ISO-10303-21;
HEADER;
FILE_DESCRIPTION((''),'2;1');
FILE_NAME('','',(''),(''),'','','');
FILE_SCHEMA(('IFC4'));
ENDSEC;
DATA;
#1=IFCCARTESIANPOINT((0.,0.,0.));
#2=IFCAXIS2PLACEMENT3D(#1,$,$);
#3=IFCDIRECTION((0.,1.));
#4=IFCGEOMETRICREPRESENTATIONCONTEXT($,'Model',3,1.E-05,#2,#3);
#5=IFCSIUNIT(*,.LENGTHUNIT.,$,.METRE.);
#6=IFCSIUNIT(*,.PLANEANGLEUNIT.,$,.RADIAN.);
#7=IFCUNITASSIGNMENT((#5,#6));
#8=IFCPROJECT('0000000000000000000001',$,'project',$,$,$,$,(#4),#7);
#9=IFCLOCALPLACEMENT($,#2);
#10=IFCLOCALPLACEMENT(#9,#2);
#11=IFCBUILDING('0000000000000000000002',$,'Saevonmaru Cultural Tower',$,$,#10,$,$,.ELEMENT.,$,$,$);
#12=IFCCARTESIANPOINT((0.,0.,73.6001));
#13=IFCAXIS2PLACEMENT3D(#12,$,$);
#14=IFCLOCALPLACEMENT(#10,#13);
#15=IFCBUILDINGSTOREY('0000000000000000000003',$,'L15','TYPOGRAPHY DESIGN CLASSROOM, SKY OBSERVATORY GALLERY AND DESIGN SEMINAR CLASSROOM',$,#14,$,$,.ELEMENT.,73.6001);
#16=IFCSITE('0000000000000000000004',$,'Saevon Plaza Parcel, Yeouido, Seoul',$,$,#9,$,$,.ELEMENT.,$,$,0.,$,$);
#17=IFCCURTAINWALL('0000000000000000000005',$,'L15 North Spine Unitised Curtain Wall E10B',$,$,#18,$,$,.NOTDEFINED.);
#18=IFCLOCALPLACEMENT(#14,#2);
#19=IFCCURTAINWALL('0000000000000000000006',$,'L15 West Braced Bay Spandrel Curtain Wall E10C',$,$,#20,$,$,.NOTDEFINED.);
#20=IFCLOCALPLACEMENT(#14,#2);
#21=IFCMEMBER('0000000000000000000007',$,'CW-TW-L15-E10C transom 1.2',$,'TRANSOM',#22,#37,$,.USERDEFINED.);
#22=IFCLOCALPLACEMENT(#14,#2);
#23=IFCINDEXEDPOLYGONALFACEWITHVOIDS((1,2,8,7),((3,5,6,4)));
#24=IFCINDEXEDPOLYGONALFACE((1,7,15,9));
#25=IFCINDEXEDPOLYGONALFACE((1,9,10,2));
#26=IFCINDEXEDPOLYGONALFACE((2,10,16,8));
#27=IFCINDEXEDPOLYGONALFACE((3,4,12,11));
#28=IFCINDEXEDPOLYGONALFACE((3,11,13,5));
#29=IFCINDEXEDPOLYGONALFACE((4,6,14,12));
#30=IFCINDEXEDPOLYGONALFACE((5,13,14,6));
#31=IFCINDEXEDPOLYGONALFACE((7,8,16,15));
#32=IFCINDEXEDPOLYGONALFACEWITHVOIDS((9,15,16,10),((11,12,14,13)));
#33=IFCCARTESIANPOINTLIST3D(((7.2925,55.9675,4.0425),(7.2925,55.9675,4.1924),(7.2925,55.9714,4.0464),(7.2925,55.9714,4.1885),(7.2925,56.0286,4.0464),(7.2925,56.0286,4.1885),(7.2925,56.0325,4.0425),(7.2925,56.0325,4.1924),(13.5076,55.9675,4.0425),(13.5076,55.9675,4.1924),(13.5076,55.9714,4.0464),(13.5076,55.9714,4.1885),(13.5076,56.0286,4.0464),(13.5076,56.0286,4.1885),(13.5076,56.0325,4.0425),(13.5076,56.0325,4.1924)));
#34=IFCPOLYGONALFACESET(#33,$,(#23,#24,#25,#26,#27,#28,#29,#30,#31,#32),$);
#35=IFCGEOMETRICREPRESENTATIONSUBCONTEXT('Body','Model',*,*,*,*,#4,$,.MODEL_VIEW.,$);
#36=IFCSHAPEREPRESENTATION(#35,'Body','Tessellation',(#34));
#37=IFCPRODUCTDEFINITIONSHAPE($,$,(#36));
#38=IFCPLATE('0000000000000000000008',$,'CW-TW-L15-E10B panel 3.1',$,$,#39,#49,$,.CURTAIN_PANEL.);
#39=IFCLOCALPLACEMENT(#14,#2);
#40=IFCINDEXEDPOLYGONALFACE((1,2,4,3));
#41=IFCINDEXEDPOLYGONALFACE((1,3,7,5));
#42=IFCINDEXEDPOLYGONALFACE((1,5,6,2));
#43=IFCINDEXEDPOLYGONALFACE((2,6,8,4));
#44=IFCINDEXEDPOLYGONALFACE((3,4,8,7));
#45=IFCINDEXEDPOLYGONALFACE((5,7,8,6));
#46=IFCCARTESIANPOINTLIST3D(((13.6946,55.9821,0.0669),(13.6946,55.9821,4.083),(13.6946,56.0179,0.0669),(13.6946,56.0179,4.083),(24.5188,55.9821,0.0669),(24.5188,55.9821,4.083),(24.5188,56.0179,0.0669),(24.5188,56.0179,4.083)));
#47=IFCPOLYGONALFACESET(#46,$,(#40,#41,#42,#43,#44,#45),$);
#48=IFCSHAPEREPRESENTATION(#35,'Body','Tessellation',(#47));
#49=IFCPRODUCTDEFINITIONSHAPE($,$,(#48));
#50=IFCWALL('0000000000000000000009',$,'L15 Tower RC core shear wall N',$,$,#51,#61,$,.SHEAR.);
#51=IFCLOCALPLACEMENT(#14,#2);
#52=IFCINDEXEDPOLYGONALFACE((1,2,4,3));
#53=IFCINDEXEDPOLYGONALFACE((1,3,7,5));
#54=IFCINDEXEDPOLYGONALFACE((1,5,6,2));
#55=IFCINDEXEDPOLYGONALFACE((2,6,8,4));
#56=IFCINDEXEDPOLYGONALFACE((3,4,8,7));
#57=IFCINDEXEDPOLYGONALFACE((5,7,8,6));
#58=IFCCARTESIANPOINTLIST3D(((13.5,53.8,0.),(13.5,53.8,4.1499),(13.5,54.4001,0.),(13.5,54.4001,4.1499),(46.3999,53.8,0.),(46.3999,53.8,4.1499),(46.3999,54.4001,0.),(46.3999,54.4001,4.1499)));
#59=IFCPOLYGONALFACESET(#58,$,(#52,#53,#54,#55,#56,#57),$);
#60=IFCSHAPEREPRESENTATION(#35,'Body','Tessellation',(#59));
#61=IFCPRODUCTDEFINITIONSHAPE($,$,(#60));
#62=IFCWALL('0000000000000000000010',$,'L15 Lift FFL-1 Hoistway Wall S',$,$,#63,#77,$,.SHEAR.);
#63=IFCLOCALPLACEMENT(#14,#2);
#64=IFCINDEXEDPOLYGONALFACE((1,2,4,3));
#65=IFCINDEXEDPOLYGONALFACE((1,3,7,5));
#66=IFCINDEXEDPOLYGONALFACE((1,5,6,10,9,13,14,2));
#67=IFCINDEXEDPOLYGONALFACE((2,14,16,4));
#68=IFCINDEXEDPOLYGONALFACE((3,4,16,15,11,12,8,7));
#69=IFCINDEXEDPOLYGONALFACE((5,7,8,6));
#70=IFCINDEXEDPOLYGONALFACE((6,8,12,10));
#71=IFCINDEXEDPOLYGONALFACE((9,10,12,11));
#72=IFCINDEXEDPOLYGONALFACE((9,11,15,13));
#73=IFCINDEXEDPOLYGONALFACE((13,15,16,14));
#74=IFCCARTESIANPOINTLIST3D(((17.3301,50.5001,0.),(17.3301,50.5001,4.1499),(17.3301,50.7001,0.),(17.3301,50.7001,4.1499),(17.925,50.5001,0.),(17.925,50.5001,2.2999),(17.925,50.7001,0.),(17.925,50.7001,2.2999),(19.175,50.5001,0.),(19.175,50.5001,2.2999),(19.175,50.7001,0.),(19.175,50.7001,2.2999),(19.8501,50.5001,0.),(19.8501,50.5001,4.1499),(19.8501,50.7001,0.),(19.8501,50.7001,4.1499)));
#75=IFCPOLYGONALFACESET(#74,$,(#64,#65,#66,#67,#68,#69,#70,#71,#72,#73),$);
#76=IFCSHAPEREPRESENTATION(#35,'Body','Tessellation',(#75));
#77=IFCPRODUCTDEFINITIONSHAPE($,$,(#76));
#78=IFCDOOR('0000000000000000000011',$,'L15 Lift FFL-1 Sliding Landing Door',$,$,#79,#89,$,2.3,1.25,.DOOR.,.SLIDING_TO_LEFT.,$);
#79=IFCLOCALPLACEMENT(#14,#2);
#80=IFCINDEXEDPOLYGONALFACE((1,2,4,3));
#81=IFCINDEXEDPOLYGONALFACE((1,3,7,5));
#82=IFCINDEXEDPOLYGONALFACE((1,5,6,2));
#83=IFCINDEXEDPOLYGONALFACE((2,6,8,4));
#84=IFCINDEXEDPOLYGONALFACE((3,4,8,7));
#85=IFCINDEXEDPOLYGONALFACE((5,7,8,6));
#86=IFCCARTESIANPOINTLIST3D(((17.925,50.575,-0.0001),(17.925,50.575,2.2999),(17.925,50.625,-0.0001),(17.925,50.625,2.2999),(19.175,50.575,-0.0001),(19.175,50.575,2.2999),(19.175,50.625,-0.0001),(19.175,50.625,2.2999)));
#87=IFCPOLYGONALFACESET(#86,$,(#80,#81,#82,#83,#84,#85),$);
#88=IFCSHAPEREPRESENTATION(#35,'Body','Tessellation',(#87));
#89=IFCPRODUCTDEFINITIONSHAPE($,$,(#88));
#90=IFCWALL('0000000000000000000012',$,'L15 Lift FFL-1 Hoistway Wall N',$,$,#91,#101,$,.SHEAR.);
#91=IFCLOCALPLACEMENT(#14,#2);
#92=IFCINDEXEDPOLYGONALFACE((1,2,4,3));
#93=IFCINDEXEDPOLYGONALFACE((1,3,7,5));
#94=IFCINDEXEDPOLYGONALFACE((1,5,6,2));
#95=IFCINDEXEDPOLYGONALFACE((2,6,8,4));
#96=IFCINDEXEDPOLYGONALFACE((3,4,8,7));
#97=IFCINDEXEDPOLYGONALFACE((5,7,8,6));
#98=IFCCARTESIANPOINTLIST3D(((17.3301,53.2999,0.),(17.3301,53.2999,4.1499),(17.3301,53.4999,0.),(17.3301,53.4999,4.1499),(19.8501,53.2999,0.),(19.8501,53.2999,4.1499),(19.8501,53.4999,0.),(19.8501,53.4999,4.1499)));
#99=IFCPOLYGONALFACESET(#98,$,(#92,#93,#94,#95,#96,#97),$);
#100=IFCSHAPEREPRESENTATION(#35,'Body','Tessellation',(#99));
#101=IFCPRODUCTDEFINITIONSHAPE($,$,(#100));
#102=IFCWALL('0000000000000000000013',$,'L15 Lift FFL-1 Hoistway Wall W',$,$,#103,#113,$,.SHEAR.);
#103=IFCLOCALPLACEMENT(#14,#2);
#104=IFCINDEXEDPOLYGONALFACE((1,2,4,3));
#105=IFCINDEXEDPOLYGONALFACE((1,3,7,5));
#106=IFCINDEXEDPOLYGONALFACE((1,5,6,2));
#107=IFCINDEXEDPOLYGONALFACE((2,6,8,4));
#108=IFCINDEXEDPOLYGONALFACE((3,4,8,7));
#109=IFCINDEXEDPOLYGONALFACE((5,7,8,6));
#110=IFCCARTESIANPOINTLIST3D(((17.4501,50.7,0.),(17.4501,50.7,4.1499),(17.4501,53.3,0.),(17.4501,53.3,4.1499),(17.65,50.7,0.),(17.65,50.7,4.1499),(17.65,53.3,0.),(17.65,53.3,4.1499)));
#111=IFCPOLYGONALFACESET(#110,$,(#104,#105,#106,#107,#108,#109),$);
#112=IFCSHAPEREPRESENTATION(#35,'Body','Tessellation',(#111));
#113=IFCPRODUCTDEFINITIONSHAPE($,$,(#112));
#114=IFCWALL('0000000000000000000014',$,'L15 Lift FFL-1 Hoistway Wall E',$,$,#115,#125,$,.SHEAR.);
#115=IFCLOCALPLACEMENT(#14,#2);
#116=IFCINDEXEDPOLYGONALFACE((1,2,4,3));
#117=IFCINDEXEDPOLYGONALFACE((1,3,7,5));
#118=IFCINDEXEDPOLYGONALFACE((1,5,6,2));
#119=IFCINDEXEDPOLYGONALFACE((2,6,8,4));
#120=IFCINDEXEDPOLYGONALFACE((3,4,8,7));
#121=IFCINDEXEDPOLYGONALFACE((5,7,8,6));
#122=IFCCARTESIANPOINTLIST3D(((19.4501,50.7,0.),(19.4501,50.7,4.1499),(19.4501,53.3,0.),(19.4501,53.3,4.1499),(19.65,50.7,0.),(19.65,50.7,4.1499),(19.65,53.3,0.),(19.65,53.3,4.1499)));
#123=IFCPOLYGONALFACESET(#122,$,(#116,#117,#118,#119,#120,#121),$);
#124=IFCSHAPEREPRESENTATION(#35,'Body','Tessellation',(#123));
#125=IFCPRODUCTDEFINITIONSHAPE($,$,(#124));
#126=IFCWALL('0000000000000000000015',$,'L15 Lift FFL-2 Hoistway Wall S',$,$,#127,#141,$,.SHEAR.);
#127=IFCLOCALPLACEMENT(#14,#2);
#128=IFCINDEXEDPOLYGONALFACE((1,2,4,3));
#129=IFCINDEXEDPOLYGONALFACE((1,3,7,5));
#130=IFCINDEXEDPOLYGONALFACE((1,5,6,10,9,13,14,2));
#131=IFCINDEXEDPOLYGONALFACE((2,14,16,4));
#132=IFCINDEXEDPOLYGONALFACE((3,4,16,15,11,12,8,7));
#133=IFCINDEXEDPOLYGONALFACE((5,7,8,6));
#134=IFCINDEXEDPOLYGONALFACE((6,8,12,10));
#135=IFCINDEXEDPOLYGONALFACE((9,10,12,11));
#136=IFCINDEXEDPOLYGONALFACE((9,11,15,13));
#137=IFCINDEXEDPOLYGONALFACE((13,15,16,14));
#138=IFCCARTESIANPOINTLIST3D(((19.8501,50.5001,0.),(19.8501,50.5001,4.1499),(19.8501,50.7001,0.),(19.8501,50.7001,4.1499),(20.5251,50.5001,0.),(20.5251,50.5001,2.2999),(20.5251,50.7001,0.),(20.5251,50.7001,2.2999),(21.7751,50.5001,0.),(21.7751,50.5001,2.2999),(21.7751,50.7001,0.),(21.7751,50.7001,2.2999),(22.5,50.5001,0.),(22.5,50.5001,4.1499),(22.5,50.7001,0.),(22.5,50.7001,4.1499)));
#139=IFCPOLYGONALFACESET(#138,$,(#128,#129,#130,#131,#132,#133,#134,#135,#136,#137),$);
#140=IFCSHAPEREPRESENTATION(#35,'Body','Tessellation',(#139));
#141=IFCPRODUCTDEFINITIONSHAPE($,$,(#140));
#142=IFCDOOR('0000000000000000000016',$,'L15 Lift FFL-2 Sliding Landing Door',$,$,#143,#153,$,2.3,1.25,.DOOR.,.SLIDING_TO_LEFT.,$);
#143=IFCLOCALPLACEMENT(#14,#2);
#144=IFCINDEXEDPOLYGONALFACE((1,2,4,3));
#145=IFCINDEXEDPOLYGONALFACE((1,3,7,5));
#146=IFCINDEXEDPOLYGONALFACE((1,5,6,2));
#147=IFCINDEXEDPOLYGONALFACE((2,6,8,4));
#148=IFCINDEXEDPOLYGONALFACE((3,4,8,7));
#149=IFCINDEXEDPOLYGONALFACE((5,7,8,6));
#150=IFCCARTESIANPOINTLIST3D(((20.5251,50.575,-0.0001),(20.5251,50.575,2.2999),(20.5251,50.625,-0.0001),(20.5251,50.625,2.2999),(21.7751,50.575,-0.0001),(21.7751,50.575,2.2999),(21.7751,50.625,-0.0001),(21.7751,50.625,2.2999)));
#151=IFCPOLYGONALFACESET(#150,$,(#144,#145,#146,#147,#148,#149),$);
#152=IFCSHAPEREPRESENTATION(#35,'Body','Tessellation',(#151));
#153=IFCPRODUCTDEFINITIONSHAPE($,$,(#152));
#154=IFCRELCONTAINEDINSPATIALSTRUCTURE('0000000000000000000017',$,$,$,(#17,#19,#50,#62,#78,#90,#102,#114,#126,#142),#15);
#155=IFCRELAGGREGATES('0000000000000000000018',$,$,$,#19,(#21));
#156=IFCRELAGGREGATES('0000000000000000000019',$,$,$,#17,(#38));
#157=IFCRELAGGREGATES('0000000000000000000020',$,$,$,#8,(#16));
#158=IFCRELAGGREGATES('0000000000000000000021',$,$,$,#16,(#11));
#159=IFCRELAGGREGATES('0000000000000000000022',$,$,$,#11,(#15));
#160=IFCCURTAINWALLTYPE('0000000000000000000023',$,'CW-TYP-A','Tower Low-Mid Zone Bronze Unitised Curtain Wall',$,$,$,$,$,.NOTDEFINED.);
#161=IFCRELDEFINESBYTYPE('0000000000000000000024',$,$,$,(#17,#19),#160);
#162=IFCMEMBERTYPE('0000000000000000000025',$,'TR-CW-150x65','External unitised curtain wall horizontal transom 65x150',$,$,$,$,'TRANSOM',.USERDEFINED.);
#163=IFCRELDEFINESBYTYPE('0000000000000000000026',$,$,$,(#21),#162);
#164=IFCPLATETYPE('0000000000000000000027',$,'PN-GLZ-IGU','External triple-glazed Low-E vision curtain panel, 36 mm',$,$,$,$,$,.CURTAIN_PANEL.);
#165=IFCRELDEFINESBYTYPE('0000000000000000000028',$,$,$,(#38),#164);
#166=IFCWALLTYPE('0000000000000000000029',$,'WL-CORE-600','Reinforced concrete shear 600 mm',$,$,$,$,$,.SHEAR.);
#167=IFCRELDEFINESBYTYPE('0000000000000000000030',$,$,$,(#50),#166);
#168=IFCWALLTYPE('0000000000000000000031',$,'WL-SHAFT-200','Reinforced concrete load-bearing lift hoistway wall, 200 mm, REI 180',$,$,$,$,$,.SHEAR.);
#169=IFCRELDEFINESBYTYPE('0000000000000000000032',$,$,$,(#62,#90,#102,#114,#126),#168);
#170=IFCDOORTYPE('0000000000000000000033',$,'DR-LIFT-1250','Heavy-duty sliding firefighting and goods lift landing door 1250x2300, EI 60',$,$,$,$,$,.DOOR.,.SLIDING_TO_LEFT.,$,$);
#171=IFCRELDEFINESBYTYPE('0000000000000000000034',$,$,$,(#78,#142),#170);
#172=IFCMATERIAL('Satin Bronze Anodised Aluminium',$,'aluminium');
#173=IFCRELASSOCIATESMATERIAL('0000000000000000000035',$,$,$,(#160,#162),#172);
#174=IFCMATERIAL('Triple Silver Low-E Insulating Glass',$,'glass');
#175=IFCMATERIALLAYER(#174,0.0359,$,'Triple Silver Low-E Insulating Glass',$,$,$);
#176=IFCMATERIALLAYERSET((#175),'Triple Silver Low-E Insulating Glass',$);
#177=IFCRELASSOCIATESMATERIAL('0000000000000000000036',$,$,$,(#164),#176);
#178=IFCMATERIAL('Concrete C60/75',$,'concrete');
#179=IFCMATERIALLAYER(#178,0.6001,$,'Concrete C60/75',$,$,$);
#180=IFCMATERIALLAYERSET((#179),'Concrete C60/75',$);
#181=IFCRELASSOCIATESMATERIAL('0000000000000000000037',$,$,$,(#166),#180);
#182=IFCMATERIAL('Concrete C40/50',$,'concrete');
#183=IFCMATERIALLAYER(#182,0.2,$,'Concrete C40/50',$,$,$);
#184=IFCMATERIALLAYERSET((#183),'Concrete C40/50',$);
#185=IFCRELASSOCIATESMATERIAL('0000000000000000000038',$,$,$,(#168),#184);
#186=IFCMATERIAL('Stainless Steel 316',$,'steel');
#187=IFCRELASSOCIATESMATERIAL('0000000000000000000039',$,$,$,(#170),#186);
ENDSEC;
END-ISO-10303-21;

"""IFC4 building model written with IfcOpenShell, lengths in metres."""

from ifc_helpers import new_model, si_unit, direction, frame, frame_2d, origin, origin_2d, place, context, subcontext, project, spatial, rectangle, hollow_rectangle, extrude, material, layer, layer_set, material_profile, profile_set, type_object, element, fill, aggregate, save


model = new_model("IFC4")

# Units and contexts
model_context = context("Model", 3, precision=1e-05, world=origin(), true_north=direction((0.0, 1.0)))
body_context = subcontext(model_context, "Body", "Model", "MODEL_VIEW")
ifc_project = project(units=[si_unit("LENGTHUNIT", "METRE"), si_unit("PLANEANGLEUNIT", "RADIAN")], contexts=[model_context])

# Site, building, storey
site_placement = place(None, origin())
site = spatial("IfcSite", under=ifc_project, at=site_placement, Name="Saevon Plaza Parcel, Yeouido, Seoul", CompositionType="ELEMENT", RefElevation=0.0)
building_placement = place(site_placement, origin())
building = spatial("IfcBuilding", under=site, at=building_placement, Name="Saevonmaru Cultural Tower", CompositionType="ELEMENT")
storey_placement = place(building_placement, frame((0.0, 0.0, 73.6001)))
storey = spatial("IfcBuildingStorey", under=building, at=storey_placement, Name="L15", Description="TYPOGRAPHY DESIGN CLASSROOM, SKY OBSERVATORY GALLERY AND DESIGN SEMINAR CLASSROOM", CompositionType="ELEMENT", Elevation=73.6001)

# Curtain wall
ifc_material_1 = material(Name="Satin Bronze Anodised Aluminium", Category="aluminium")
curtain_wall_type = type_object("IfcCurtainWallType", Name="CW-TYP-A", Description="Tower Low-Mid Zone Bronze Unitised Curtain Wall", PredefinedType="NOTDEFINED", material=ifc_material_1)
curtain_wall_1_placement = place(storey_placement, origin())
curtain_wall_1 = element("IfcCurtainWall", 1, at=curtain_wall_1_placement, inside=storey, type_object=curtain_wall_type, Name="L15 North Spine Unitised Curtain Wall E10B", PredefinedType="NOTDEFINED")

# Curtain wall, member
curtain_wall_2_placement = place(storey_placement, origin())
curtain_wall_2 = element("IfcCurtainWall", 2, at=curtain_wall_2_placement, inside=storey, type_object=curtain_wall_type, Name="L15 West Braced Bay Spandrel Curtain Wall E10C", PredefinedType="NOTDEFINED")
ifc_material_profile_1 = material_profile(ifc_material_1, hollow_rectangle(XDim=0.0649, YDim=0.1499, WallThickness=0.0039, at=origin_2d()), Name="ALU-TRAN-150x65x4")
ifc_profile_set_1 = profile_set([ifc_material_profile_1], Name="Satin Bronze Anodised Aluminium")
member_type_1 = type_object("IfcMemberType", Name="TR-CW-150x65", Description="External unitised curtain wall horizontal transom 65x150", ElementType="TRANSOM", PredefinedType="USERDEFINED", material=ifc_profile_set_1)
member_1_placement = place(storey_placement, frame((13.5076, 56.0, 4.1174), z_axis=(-1.0, 0.0, 0.0), x_axis=(0.0, -1.0, 0.0)))
member_1 = element("IfcMember", 3, at=member_1_placement, type_object=member_type_1, Name="CW-TW-L15-E10C transom 1.2", ObjectType="TRANSOM", PredefinedType="USERDEFINED", context=body_context, shape_type="SweptSolid", body=[
    extrude(hollow_rectangle(XDim=0.0649, YDim=0.1499, WallThickness=0.0039, at=origin_2d()), origin(), (0.0, 0.0, 1.0), 6.2151),
])
aggregate(curtain_wall_2, [member_1])

# Plate
ifc_material_2 = material(Name="Triple Silver Low-E Insulating Glass", Category="glass")
ifc_layer_1 = layer(ifc_material_2, 0.0359, Name="Triple Silver Low-E Insulating Glass")
ifc_layer_set_1 = layer_set([ifc_layer_1], Name="Triple Silver Low-E Insulating Glass")
plate_type = type_object("IfcPlateType", Name="PN-GLZ-IGU", Description="External triple-glazed Low-E vision curtain panel, 36 mm", PredefinedType="CURTAIN_PANEL", material=ifc_layer_set_1)
plate_placement = place(storey_placement, frame((19.1067, 56.0, 0.0669), z_axis=(0.0, 0.0, 1.0), x_axis=(-1.0, 0.0, 0.0)))
plate = element("IfcPlate", 4, at=plate_placement, type_object=plate_type, Name="CW-TW-L15-E10B panel 3.1", PredefinedType="CURTAIN_PANEL", context=body_context, shape_type="SweptSolid", body=[
    extrude(rectangle(XDim=10.8242, YDim=0.0359, at=origin_2d()), origin(), (0.0, 0.0, 1.0), 4.0161),
])
aggregate(curtain_wall_1, [plate])

# Wall
ifc_material_3 = material(Name="Concrete C60/75", Category="concrete")
ifc_layer_2 = layer(ifc_material_3, 0.6001, Name="Concrete C60/75")
ifc_layer_set_2 = layer_set([ifc_layer_2], Name="Concrete C60/75")
wall_type_1 = type_object("IfcWallType", Name="WL-CORE-600", Description="Reinforced concrete shear 600 mm", PredefinedType="SHEAR", material=ifc_layer_set_2)
wall_1_placement = place(storey_placement, frame((13.5, 54.1001, 0.0), z_axis=(0.0, 0.0, 1.0), x_axis=(1.0, 0.0, 0.0)))
element("IfcWall", 5, at=wall_1_placement, inside=storey, type_object=wall_type_1, Name="L15 Tower RC core shear wall N", PredefinedType="SHEAR", context=body_context, shape_type="SweptSolid", body=[
    extrude(rectangle(XDim=32.8999, YDim=0.6001, at=frame_2d((16.45, 0.0))), origin(), (0.0, 0.0, 1.0), 4.1499),
])

# Wall, opening, door
ifc_material_4 = material(Name="Concrete C40/50", Category="concrete")
ifc_layer_3 = layer(ifc_material_4, 0.2, Name="Concrete C40/50")
ifc_layer_set_3 = layer_set([ifc_layer_3], Name="Concrete C40/50")
wall_type_2 = type_object("IfcWallType", Name="WL-SHAFT-200", Description="Reinforced concrete load-bearing lift hoistway wall, 200 mm, REI 180", PredefinedType="SHEAR", material=ifc_layer_set_3)
wall_2_placement = place(storey_placement, frame((17.3301, 50.6001, 0.0), z_axis=(0.0, 0.0, 1.0), x_axis=(1.0, 0.0, 0.0)))
wall_2 = element("IfcWall", 6, at=wall_2_placement, inside=storey, type_object=wall_type_2, Name="L15 Lift FFL-1 Hoistway Wall S", PredefinedType="SHEAR", context=body_context, shape_type="SweptSolid", body=[
    extrude(rectangle(XDim=2.52, YDim=0.2, at=frame_2d((1.26, 0.0))), origin(), (0.0, 0.0, 1.0), 4.1499),
])
opening_1_placement = place(wall_2_placement, frame((0.595, 0.0, 0.0)))
opening_1 = element("IfcOpeningElement", 7, at=opening_1_placement, cuts=wall_2, PredefinedType="OPENING", context=body_context, shape_type="SweptSolid", body=[
    extrude(rectangle(XDim=1.25, YDim=2.3, at=frame_2d((0.625, 1.1499))), frame((0.0, 0.1099, 0.0), z_axis=(0.0, -1.0, 0.0), x_axis=(1.0, 0.0, 0.0)), (0.0, 0.0, 1.0), 0.22),
])
ifc_material_5 = material(Name="Stainless Steel 316", Category="steel")
door_type = type_object("IfcDoorType", Name="DR-LIFT-1250", Description="Heavy-duty sliding firefighting and goods lift landing door 1250x2300, EI 60", OperationType="SLIDING_TO_LEFT", PredefinedType="DOOR", material=ifc_material_5)
door_1_placement = place(opening_1_placement, origin())
door_1 = element("IfcDoor", 8, at=door_1_placement, inside=storey, type_object=door_type, Name="L15 Lift FFL-1 Sliding Landing Door", OperationType="SLIDING_TO_LEFT", OverallHeight=2.3, OverallWidth=1.25, PredefinedType="DOOR", context=body_context, shape_type="SweptSolid", body=[
    extrude(rectangle(XDim=1.25, YDim=2.3, at=frame_2d((0.625, 1.1499))), frame((0.0, 0.0249, 0.0), z_axis=(0.0, -1.0, 0.0), x_axis=(1.0, 0.0, 0.0)), (0.0, 0.0, 1.0), 0.05),
])
fill(opening_1, door_1)

# Walls
wall_3_placement = place(storey_placement, frame((17.3301, 53.3999, 0.0), z_axis=(0.0, 0.0, 1.0), x_axis=(1.0, 0.0, 0.0)))
element("IfcWall", 9, at=wall_3_placement, inside=storey, type_object=wall_type_2, Name="L15 Lift FFL-1 Hoistway Wall N", PredefinedType="SHEAR", context=body_context, shape_type="SweptSolid", body=[
    extrude(rectangle(XDim=2.52, YDim=0.2, at=frame_2d((1.26, 0.0))), origin(), (0.0, 0.0, 1.0), 4.1499),
])
for number, where, z_axis, x_axis, name in (
    (10, (17.55, 50.7, 0.0), (0.0, 0.0, 1.0), (0.0, 1.0, 0.0), "L15 Lift FFL-1 Hoistway Wall W"),
    (11, (19.55, 50.7, 0.0), (0.0, 0.0, 1.0), (0.0, 1.0, 0.0), "L15 Lift FFL-1 Hoistway Wall E"),
):
    element("IfcWall", number, at=place(storey_placement, frame(where, z_axis=z_axis, x_axis=x_axis)), inside=storey, type_object=wall_type_2, Name=name, PredefinedType="SHEAR", context=body_context, shape_type="SweptSolid", body=[
        extrude(rectangle(XDim=2.6001, YDim=0.2, at=frame_2d((1.3, 0.0))), origin(), (0.0, 0.0, 1.0), 4.1499),
    ])

# Wall, opening, door
wall_4_placement = place(storey_placement, frame((19.8501, 50.6001, 0.0), z_axis=(0.0, 0.0, 1.0), x_axis=(1.0, 0.0, 0.0)))
wall_4 = element("IfcWall", 12, at=wall_4_placement, inside=storey, type_object=wall_type_2, Name="L15 Lift FFL-2 Hoistway Wall S", PredefinedType="SHEAR", context=body_context, shape_type="SweptSolid", body=[
    extrude(rectangle(XDim=2.6499, YDim=0.2, at=frame_2d((1.325, 0.0))), origin(), (0.0, 0.0, 1.0), 4.1499),
])
opening_2_placement = place(wall_4_placement, frame((0.675, 0.0, 0.0)))
opening_2 = element("IfcOpeningElement", 13, at=opening_2_placement, cuts=wall_4, PredefinedType="OPENING", context=body_context, shape_type="SweptSolid", body=[
    extrude(rectangle(XDim=1.25, YDim=2.3, at=frame_2d((0.625, 1.1499))), frame((0.0, 0.1099, 0.0), z_axis=(0.0, -1.0, 0.0), x_axis=(1.0, 0.0, 0.0)), (0.0, 0.0, 1.0), 0.22),
])
door_2_placement = place(opening_2_placement, origin())
door_2 = element("IfcDoor", 14, at=door_2_placement, inside=storey, type_object=door_type, Name="L15 Lift FFL-2 Sliding Landing Door", OperationType="SLIDING_TO_LEFT", OverallHeight=2.3, OverallWidth=1.25, PredefinedType="DOOR", context=body_context, shape_type="SweptSolid", body=[
    extrude(rectangle(XDim=1.25, YDim=2.3, at=frame_2d((0.625, 1.1499))), frame((0.0, 0.0249, 0.0), z_axis=(0.0, -1.0, 0.0), x_axis=(1.0, 0.0, 0.0)), (0.0, 0.0, 1.0), 0.05),
])
fill(opening_2, door_2)

save(model, "model.ifc")
